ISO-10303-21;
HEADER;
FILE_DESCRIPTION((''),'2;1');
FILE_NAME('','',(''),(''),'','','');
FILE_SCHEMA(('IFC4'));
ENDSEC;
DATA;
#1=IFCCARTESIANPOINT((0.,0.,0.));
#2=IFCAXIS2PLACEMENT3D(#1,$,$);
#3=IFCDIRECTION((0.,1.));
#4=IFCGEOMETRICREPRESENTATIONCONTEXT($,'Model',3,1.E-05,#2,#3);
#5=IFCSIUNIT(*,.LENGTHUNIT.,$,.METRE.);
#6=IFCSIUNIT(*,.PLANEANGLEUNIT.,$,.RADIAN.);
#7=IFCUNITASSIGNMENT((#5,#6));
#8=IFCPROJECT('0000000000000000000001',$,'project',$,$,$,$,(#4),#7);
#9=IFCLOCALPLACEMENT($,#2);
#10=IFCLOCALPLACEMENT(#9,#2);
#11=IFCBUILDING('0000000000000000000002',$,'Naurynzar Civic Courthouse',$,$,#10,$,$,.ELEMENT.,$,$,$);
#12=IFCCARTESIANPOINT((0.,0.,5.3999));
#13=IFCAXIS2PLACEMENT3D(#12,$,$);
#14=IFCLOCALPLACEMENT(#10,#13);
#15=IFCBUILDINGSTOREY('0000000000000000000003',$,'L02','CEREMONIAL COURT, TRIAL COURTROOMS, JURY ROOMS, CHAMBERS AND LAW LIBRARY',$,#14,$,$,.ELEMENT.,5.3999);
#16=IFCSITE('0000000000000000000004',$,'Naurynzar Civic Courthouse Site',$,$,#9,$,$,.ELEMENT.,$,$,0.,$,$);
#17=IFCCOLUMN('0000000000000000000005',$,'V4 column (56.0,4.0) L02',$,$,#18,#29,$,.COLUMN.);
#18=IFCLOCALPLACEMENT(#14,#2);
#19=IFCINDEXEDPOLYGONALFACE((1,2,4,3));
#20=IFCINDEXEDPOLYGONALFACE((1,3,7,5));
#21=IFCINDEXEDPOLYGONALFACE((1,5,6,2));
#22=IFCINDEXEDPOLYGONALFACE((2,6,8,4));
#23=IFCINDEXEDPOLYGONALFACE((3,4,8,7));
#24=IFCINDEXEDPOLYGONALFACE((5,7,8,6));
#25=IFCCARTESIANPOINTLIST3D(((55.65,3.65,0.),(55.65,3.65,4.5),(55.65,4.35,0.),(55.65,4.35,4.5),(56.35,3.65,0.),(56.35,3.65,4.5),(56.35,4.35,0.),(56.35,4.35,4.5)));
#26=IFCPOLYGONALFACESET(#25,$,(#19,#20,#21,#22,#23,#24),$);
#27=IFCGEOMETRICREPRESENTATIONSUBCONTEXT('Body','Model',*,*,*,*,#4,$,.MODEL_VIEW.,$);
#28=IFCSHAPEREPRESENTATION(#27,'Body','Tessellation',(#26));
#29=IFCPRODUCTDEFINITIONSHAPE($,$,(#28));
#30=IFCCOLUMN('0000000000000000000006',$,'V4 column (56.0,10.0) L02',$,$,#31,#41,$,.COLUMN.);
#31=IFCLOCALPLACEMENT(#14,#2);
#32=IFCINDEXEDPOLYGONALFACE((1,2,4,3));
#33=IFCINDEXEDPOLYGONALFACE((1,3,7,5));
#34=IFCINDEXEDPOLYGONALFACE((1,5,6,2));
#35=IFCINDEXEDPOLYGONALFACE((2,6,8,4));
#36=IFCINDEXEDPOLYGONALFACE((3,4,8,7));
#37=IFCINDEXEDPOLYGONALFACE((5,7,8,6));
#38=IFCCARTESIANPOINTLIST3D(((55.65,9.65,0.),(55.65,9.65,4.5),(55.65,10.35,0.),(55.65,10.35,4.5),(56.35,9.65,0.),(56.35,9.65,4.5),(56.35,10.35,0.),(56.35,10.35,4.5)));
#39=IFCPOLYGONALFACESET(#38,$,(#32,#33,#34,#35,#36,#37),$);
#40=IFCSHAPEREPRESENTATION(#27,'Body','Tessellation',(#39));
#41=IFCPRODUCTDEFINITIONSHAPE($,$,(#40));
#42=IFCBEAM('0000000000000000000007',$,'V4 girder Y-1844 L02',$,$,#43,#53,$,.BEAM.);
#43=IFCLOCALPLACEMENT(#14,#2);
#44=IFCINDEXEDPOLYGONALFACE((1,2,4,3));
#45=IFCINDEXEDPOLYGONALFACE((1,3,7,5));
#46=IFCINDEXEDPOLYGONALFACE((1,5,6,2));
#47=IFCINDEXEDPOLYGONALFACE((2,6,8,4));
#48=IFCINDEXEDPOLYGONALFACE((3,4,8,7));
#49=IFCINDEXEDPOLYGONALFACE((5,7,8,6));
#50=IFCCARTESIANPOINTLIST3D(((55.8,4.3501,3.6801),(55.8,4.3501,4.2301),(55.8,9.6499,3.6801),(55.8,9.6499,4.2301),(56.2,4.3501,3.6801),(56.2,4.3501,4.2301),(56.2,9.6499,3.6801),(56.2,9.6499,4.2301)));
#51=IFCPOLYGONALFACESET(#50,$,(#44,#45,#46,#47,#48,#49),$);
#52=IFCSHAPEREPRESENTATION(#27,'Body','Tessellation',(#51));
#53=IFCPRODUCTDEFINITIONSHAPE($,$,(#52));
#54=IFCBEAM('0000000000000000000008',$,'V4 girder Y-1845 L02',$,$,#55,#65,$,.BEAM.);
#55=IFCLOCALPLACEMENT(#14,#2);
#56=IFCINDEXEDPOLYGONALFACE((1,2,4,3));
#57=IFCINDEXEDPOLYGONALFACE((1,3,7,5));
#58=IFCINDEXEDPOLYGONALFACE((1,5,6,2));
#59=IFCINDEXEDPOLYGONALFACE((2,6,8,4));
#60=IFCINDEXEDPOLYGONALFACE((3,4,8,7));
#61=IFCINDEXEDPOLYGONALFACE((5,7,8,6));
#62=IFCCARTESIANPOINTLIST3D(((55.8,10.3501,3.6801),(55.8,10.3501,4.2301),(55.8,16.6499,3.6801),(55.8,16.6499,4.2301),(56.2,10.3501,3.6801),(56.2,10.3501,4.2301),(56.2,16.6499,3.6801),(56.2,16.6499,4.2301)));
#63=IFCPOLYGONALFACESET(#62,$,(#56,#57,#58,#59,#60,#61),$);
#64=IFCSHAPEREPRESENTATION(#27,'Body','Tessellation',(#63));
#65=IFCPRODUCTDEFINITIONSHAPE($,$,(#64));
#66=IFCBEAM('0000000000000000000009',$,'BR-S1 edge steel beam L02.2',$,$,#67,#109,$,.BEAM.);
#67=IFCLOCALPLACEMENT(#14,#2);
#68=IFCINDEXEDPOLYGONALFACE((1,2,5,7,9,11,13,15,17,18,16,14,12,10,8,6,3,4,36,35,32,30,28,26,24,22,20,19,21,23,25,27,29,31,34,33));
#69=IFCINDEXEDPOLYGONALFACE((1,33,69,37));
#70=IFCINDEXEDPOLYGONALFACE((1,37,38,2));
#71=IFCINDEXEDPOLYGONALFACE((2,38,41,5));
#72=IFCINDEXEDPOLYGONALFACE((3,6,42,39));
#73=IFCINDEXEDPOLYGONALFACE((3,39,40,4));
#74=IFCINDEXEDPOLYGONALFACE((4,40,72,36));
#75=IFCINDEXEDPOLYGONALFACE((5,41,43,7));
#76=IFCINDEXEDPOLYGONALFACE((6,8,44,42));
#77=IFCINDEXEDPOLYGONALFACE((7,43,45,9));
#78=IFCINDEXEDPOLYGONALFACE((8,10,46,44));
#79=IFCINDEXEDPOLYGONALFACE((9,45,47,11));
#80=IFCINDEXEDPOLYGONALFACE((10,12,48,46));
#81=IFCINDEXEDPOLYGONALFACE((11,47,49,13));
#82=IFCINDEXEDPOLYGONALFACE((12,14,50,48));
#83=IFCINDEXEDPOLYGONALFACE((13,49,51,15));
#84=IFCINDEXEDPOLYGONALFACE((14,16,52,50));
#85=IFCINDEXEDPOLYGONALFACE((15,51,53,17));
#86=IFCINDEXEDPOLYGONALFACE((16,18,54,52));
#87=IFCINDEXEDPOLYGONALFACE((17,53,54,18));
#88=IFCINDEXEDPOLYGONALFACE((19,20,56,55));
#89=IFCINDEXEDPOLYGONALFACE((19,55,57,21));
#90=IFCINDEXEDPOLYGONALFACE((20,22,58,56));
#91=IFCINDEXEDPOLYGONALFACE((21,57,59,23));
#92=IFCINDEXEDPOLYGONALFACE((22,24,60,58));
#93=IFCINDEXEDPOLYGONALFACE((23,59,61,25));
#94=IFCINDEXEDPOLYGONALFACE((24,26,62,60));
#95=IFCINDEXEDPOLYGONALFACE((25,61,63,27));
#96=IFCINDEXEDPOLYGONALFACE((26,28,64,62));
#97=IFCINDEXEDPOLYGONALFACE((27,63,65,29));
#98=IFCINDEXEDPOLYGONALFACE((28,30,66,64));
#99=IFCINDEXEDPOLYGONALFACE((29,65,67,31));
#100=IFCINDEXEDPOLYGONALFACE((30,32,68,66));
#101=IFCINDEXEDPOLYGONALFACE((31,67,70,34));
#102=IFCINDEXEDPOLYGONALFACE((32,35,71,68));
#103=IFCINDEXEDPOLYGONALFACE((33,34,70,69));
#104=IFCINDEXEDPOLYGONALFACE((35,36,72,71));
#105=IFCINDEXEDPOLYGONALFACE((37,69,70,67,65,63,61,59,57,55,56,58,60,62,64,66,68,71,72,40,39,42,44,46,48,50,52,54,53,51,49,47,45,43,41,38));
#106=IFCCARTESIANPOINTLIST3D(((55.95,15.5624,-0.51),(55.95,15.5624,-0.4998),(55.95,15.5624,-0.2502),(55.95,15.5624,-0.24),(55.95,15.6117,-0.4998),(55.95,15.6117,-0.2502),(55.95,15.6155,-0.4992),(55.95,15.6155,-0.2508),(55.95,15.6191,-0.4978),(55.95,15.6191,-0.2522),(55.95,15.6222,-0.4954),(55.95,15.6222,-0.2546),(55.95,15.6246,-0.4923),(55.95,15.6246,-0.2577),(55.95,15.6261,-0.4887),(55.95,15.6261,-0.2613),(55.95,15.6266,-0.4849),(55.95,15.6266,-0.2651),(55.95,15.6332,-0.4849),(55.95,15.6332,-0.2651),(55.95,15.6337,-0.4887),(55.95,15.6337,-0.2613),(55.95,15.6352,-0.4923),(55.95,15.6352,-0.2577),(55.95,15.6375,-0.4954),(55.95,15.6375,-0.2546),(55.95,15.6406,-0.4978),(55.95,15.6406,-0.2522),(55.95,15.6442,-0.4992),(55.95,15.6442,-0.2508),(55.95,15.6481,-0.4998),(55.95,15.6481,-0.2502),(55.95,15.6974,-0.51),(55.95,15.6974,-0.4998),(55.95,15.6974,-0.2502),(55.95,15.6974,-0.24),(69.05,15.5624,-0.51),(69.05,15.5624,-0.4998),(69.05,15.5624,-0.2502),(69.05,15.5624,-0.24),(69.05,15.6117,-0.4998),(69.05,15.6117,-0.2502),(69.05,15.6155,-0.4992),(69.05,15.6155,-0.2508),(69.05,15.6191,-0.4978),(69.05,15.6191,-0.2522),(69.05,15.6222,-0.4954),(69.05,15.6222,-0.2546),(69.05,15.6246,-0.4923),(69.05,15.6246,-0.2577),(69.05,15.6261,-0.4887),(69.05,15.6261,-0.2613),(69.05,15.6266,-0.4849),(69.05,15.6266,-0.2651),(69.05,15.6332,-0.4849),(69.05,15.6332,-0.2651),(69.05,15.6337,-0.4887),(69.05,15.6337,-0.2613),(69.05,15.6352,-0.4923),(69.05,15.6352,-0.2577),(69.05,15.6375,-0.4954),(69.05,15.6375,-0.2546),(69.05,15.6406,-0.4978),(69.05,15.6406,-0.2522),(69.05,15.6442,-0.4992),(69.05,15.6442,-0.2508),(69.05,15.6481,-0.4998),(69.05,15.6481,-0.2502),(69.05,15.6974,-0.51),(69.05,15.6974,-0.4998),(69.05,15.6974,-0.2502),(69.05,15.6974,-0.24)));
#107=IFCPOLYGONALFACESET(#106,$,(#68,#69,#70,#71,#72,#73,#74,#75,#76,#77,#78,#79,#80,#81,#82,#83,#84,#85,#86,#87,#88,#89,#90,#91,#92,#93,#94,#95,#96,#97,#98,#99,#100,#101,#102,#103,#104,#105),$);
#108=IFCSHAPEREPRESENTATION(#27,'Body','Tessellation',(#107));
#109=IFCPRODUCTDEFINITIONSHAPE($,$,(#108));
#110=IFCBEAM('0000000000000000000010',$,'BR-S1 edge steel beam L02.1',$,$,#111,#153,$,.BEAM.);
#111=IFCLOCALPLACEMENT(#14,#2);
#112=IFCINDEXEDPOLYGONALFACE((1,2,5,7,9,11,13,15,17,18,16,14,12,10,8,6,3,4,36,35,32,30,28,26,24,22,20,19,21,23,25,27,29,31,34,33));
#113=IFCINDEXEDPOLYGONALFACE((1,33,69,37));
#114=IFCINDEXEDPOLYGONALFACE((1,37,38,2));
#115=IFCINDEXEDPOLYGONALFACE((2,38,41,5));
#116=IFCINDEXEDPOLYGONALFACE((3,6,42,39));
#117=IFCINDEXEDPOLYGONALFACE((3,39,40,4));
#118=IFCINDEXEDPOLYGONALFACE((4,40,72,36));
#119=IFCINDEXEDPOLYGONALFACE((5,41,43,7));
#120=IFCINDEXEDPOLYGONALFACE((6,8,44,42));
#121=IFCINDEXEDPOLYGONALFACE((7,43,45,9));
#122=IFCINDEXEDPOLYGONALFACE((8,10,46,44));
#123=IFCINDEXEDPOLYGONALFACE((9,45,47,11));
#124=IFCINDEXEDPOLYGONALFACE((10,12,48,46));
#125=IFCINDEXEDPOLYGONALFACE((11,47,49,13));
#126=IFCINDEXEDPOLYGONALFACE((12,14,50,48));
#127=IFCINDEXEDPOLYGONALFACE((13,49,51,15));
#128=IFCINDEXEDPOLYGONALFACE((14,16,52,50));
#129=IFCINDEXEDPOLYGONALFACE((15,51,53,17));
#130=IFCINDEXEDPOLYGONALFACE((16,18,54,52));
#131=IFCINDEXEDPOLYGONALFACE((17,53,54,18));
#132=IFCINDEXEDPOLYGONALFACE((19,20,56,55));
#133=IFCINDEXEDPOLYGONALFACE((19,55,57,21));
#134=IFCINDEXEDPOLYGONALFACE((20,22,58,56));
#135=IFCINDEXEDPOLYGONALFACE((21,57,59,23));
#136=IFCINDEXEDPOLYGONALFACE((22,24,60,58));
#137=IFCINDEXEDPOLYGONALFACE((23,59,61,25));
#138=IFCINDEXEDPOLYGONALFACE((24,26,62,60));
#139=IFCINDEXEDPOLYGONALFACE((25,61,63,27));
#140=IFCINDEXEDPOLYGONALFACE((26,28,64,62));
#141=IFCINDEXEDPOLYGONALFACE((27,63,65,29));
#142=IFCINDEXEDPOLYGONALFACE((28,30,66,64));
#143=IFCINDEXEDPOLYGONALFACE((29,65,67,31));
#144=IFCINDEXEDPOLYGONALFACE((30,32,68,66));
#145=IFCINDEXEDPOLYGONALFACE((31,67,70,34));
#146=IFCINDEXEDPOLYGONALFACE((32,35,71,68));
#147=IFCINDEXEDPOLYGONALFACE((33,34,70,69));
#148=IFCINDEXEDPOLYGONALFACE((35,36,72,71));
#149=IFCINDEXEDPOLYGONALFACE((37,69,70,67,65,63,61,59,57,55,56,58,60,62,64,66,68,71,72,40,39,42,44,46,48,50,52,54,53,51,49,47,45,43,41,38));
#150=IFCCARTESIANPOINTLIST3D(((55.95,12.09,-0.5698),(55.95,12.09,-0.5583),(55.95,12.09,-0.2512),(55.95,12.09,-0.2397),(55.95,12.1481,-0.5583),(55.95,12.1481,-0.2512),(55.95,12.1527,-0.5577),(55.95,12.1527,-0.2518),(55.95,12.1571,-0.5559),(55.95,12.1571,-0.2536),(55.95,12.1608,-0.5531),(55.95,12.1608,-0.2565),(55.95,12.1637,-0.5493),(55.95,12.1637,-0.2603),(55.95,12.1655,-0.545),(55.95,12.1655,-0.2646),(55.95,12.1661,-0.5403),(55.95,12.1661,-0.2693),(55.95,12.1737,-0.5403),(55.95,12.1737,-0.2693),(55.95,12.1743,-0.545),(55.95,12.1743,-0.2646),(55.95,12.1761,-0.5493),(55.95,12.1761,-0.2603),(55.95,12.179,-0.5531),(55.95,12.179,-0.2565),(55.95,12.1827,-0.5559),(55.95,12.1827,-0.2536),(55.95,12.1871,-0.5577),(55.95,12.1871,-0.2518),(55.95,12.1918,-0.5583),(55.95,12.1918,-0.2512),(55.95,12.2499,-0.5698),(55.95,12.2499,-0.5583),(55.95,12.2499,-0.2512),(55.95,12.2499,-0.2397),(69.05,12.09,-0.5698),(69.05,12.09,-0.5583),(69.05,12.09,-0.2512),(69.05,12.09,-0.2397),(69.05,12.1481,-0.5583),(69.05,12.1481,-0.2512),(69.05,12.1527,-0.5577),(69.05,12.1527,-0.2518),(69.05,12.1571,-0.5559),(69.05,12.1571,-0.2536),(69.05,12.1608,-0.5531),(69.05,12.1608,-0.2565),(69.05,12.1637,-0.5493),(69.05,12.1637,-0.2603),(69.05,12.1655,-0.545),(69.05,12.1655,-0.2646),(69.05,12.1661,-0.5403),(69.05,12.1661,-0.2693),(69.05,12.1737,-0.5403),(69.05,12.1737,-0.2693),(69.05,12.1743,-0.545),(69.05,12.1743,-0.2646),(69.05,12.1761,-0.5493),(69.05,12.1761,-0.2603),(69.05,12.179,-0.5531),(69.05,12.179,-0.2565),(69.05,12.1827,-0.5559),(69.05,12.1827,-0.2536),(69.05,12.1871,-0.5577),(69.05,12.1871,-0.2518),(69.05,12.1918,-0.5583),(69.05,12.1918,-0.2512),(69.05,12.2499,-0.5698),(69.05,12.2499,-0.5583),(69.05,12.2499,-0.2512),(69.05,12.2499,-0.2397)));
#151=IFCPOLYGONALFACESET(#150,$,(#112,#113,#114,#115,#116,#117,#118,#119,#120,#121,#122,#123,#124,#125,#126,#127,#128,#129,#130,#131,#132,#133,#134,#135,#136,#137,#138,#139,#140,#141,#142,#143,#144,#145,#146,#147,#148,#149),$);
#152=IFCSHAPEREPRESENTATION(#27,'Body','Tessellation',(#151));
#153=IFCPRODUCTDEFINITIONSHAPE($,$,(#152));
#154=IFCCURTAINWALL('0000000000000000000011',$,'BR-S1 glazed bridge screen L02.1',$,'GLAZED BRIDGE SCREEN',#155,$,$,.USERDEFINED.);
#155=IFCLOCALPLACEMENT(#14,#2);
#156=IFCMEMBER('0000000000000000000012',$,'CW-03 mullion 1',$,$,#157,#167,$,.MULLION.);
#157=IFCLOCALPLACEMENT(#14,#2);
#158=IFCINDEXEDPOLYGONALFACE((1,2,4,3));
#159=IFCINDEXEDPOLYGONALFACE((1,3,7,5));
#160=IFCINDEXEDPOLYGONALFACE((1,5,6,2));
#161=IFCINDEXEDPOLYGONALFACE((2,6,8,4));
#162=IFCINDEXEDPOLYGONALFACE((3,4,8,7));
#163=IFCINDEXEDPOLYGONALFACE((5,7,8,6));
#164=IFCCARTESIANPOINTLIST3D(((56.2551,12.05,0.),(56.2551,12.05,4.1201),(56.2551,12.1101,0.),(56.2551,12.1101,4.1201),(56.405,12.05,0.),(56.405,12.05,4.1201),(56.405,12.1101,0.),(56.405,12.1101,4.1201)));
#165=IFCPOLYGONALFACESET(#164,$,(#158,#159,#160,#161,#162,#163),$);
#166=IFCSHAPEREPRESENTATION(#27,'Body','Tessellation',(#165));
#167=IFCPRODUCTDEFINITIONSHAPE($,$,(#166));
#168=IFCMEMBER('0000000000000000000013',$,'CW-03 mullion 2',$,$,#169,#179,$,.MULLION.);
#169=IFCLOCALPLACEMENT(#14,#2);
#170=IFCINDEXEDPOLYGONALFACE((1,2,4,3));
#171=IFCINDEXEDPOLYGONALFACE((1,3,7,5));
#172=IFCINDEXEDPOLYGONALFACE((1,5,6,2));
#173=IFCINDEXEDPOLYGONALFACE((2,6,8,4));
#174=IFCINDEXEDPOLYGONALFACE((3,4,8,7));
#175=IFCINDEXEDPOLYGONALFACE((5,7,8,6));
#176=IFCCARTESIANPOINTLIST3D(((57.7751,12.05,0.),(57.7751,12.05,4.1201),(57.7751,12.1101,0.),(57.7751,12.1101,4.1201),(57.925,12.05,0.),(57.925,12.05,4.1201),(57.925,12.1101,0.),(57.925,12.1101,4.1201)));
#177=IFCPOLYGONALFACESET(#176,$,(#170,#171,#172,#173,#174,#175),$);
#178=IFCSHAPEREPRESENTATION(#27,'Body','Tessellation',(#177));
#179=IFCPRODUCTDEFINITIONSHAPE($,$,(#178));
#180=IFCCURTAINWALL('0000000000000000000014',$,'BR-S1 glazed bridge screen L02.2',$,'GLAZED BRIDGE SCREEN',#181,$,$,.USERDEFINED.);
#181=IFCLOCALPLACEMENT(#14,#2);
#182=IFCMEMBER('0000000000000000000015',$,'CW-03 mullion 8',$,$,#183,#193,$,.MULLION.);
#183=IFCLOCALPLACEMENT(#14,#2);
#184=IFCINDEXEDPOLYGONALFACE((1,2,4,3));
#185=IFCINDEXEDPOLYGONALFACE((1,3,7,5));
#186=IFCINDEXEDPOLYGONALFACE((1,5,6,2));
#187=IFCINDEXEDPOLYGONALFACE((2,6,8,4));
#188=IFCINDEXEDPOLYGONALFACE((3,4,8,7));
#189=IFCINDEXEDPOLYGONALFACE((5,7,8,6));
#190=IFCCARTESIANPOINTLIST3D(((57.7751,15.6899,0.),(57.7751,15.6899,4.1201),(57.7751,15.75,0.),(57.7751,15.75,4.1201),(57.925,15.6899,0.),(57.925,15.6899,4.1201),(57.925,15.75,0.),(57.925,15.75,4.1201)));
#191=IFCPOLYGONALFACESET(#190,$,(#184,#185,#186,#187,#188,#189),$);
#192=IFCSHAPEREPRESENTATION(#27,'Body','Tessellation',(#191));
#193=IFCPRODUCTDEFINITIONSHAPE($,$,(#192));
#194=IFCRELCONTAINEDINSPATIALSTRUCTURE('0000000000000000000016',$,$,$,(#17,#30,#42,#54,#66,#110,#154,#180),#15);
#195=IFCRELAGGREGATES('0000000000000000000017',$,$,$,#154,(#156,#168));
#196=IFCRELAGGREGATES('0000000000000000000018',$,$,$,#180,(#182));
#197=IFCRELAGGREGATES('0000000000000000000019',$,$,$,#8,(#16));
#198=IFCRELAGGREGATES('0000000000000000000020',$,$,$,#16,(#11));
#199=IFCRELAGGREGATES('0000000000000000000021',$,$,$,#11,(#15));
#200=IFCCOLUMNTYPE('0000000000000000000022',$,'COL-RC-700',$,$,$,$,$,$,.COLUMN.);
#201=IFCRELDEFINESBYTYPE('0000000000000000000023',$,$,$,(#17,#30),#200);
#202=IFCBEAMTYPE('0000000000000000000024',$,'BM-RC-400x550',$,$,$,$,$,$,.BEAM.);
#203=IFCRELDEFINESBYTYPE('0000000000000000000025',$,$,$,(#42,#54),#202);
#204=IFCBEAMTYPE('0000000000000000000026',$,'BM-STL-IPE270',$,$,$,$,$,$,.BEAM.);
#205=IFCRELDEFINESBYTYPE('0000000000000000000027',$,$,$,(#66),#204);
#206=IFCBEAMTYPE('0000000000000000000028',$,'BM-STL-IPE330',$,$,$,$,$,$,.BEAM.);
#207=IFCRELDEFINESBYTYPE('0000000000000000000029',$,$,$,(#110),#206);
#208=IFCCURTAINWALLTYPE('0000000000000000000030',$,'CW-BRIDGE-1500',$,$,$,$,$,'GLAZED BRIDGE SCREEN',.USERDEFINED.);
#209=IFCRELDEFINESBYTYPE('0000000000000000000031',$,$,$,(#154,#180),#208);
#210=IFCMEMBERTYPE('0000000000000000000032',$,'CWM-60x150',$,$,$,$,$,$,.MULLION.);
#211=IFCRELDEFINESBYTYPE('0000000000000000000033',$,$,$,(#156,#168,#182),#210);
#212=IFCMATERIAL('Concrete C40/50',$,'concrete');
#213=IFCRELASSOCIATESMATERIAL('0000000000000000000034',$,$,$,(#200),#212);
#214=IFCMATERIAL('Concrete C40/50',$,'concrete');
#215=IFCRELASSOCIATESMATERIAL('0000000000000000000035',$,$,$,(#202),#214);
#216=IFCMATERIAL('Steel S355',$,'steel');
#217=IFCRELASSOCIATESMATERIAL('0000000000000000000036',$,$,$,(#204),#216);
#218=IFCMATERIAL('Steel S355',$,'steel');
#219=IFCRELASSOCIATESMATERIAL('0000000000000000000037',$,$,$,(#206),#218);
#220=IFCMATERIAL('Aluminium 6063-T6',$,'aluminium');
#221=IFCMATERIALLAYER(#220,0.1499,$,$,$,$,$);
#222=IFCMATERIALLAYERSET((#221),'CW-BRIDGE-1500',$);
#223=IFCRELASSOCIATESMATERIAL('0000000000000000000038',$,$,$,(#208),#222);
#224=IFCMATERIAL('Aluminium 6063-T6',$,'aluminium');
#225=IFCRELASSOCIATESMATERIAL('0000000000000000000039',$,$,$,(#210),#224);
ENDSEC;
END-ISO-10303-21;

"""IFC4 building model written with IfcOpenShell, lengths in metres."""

from ifc_helpers import new_model, si_unit, direction, frame, origin, origin_2d, place, context, subcontext, project, spatial, rectangle, i_section, extrude, material, layer, layer_set, material_profile, profile_set, type_object, element, aggregate, save


model = new_model("IFC4")

# Units and contexts
model_context = context("Model", 3, precision=1e-05, world=origin(), true_north=direction((0.0, 1.0)))
body_context = subcontext(model_context, "Body", "Model", "MODEL_VIEW")
ifc_project = project(units=[si_unit("LENGTHUNIT", "METRE"), si_unit("PLANEANGLEUNIT", "RADIAN")], contexts=[model_context])

# Site, building, storey
site_placement = place(None, origin())
site = spatial("IfcSite", under=ifc_project, at=site_placement, Name="Naurynzar Civic Courthouse Site", CompositionType="ELEMENT", RefElevation=0.0)
building_placement = place(site_placement, origin())
building = spatial("IfcBuilding", under=site, at=building_placement, Name="Naurynzar Civic Courthouse", CompositionType="ELEMENT")
storey_placement = place(building_placement, frame((0.0, 0.0, 5.3999)))
storey = spatial("IfcBuildingStorey", under=building, at=storey_placement, Name="L02", Description="CEREMONIAL COURT, TRIAL COURTROOMS, JURY ROOMS, CHAMBERS AND LAW LIBRARY", CompositionType="ELEMENT", Elevation=5.3999)

# Columns
ifc_material_1 = material(Name="Concrete C40/50", Category="concrete")
ifc_material_profile_1 = material_profile(ifc_material_1, rectangle(XDim=0.7, YDim=0.7, at=origin_2d()), Name="RC 700x700")
ifc_profile_set_1 = profile_set([ifc_material_profile_1], Name="Concrete C40/50")
column_type = type_object("IfcColumnType", Name="COL-RC-700", PredefinedType="COLUMN", material=ifc_profile_set_1)
for number, where, z_axis, x_axis, name in (
    (1, (56.0, 4.0, 0.0), (0.0, 0.0, 1.0), (1.0, 0.0, 0.0), "V4 column (56.0,4.0) L02"),
    (2, (56.0, 10.0, 0.0), (0.0, 0.0, 1.0), (1.0, 0.0, 0.0), "V4 column (56.0,10.0) L02"),
):
    element("IfcColumn", number, at=place(storey_placement, frame(where, z_axis=z_axis, x_axis=x_axis)), inside=storey, type_object=column_type, Name=name, PredefinedType="COLUMN", context=body_context, shape_type="SweptSolid", body=[
        extrude(rectangle(XDim=0.7, YDim=0.7, at=origin_2d()), origin(), (0.0, 0.0, 1.0), 4.5),
    ])

# Beams
ifc_material_2 = material(Name="Concrete C40/50", Category="concrete")
ifc_material_profile_2 = material_profile(ifc_material_2, rectangle(XDim=0.3999, YDim=0.55, at=origin_2d()), Name="RCB 400x550")
ifc_profile_set_2 = profile_set([ifc_material_profile_2], Name="Concrete C40/50")
beam_type_1 = type_object("IfcBeamType", Name="BM-RC-400x550", PredefinedType="BEAM", material=ifc_profile_set_2)
beam_1_placement = place(storey_placement, frame((56.0, 4.3501, 3.9551), z_axis=(0.0, 1.0, 0.0), x_axis=(-1.0, 0.0, 0.0)))
element("IfcBeam", 3, at=beam_1_placement, inside=storey, type_object=beam_type_1, Name="V4 girder Y-1844 L02", PredefinedType="BEAM", context=body_context, shape_type="SweptSolid", body=[
    extrude(rectangle(XDim=0.3999, YDim=0.55, at=origin_2d()), origin(), (0.0, 0.0, 1.0), 5.2998),
])
beam_2_placement = place(storey_placement, frame((56.0, 10.3501, 3.9551), z_axis=(0.0, 1.0, 0.0), x_axis=(-1.0, 0.0, 0.0)))
element("IfcBeam", 4, at=beam_2_placement, inside=storey, type_object=beam_type_1, Name="V4 girder Y-1845 L02", PredefinedType="BEAM", context=body_context, shape_type="SweptSolid", body=[
    extrude(rectangle(XDim=0.3999, YDim=0.55, at=origin_2d()), origin(), (0.0, 0.0, 1.0), 6.2998),
])
ifc_material_3 = material(Name="Steel S355", Category="steel")
ifc_material_profile_3 = material_profile(ifc_material_3, i_section(OverallWidth=0.135, OverallDepth=0.27, WebThickness=0.0066, FlangeThickness=0.0103, FilletRadius=0.0149, at=origin_2d()), Name="IPE 270")
ifc_profile_set_3 = profile_set([ifc_material_profile_3], Name="Steel S355")
beam_type_2 = type_object("IfcBeamType", Name="BM-STL-IPE270", PredefinedType="BEAM", material=ifc_profile_set_3)
beam_3_placement = place(storey_placement, frame((55.95, 15.6299, -0.375), z_axis=(1.0, 0.0, 0.0), x_axis=(0.0, 1.0, 0.0)))
element("IfcBeam", 5, at=beam_3_placement, inside=storey, type_object=beam_type_2, Name="BR-S1 edge steel beam L02.2", PredefinedType="BEAM", context=body_context, shape_type="SweptSolid", body=[
    extrude(i_section(OverallWidth=0.135, OverallDepth=0.27, WebThickness=0.0066, FlangeThickness=0.0103, FilletRadius=0.0149, at=origin_2d()), origin(), (0.0, 0.0, 1.0), 13.1001),
])
ifc_material_4 = material(Name="Steel S355", Category="steel")
ifc_material_profile_4 = material_profile(ifc_material_4, i_section(OverallWidth=0.1599, OverallDepth=0.3301, WebThickness=0.0076, FlangeThickness=0.0115, FilletRadius=0.0181, at=origin_2d()), Name="IPE 330")
ifc_profile_set_4 = profile_set([ifc_material_profile_4], Name="Steel S355")
beam_type_3 = type_object("IfcBeamType", Name="BM-STL-IPE330", PredefinedType="BEAM", material=ifc_profile_set_4)
beam_4_placement = place(storey_placement, frame((55.95, 12.1699, -0.4048), z_axis=(1.0, 0.0, 0.0), x_axis=(0.0, 1.0, 0.0)))
element("IfcBeam", 6, at=beam_4_placement, inside=storey, type_object=beam_type_3, Name="BR-S1 edge steel beam L02.1", PredefinedType="BEAM", context=body_context, shape_type="SweptSolid", body=[
    extrude(i_section(OverallWidth=0.1599, OverallDepth=0.3301, WebThickness=0.0076, FlangeThickness=0.0115, FilletRadius=0.0181, at=origin_2d()), origin(), (0.0, 0.0, 1.0), 13.1001),
])

# Curtain walls, members
ifc_material_5 = material(Name="Aluminium 6063-T6", Category="aluminium")
ifc_layer_1 = layer(ifc_material_5, 0.1499)
ifc_layer_set_1 = layer_set([ifc_layer_1], Name="CW-BRIDGE-1500")
curtain_wall_type = type_object("IfcCurtainWallType", Name="CW-BRIDGE-1500", ElementType="GLAZED BRIDGE SCREEN", PredefinedType="USERDEFINED", material=ifc_layer_set_1)
curtain_wall_1_placement = place(storey_placement, origin())
curtain_wall_1 = element("IfcCurtainWall", 7, at=curtain_wall_1_placement, inside=storey, type_object=curtain_wall_type, Name="BR-S1 glazed bridge screen L02.1", ObjectType="GLAZED BRIDGE SCREEN", PredefinedType="USERDEFINED")
ifc_material_6 = material(Name="Aluminium 6063-T6", Category="aluminium")
ifc_material_profile_5 = material_profile(ifc_material_6, rectangle(XDim=0.0601, YDim=0.1499, at=origin_2d()), Name="ALU MULLION 60x150")
ifc_profile_set_5 = profile_set([ifc_material_profile_5], Name="Aluminium 6063-T6")
member_type_1 = type_object("IfcMemberType", Name="CWM-60x150", PredefinedType="MULLION", material=ifc_profile_set_5)
member_1_placement = place(storey_placement, frame((56.3301, 12.0801, 0.0), z_axis=(0.0, 0.0, 1.0), x_axis=(0.0, 1.0, 0.0)))
member_1 = element("IfcMember", 8, at=member_1_placement, type_object=member_type_1, Name="CW-03 mullion 1", PredefinedType="MULLION", context=body_context, shape_type="SweptSolid", body=[
    extrude(rectangle(XDim=0.0601, YDim=0.1499, at=origin_2d()), origin(), (0.0, 0.0, 1.0), 4.1201),
])
member_2_placement = place(storey_placement, frame((57.8501, 12.0801, 0.0), z_axis=(0.0, 0.0, 1.0), x_axis=(0.0, 1.0, 0.0)))
member_2 = element("IfcMember", 9, at=member_2_placement, type_object=member_type_1, Name="CW-03 mullion 2", PredefinedType="MULLION", context=body_context, shape_type="SweptSolid", body=[
    extrude(rectangle(XDim=0.0601, YDim=0.1499, at=origin_2d()), origin(), (0.0, 0.0, 1.0), 4.1201),
])
curtain_wall_2_placement = place(storey_placement, origin())
curtain_wall_2 = element("IfcCurtainWall", 10, at=curtain_wall_2_placement, inside=storey, type_object=curtain_wall_type, Name="BR-S1 glazed bridge screen L02.2", ObjectType="GLAZED BRIDGE SCREEN", PredefinedType="USERDEFINED")
member_3_placement = place(storey_placement, frame((57.8501, 15.72, 0.0), z_axis=(0.0, 0.0, 1.0), x_axis=(0.0, -1.0, 0.0)))
member_3 = element("IfcMember", 11, at=member_3_placement, type_object=member_type_1, Name="CW-03 mullion 8", PredefinedType="MULLION", context=body_context, shape_type="SweptSolid", body=[
    extrude(rectangle(XDim=0.0601, YDim=0.1499, at=origin_2d()), origin(), (0.0, 0.0, 1.0), 4.1201),
])

aggregate(curtain_wall_1, [member_1, member_2])
aggregate(curtain_wall_2, [member_3])

save(model, "model.ifc")
